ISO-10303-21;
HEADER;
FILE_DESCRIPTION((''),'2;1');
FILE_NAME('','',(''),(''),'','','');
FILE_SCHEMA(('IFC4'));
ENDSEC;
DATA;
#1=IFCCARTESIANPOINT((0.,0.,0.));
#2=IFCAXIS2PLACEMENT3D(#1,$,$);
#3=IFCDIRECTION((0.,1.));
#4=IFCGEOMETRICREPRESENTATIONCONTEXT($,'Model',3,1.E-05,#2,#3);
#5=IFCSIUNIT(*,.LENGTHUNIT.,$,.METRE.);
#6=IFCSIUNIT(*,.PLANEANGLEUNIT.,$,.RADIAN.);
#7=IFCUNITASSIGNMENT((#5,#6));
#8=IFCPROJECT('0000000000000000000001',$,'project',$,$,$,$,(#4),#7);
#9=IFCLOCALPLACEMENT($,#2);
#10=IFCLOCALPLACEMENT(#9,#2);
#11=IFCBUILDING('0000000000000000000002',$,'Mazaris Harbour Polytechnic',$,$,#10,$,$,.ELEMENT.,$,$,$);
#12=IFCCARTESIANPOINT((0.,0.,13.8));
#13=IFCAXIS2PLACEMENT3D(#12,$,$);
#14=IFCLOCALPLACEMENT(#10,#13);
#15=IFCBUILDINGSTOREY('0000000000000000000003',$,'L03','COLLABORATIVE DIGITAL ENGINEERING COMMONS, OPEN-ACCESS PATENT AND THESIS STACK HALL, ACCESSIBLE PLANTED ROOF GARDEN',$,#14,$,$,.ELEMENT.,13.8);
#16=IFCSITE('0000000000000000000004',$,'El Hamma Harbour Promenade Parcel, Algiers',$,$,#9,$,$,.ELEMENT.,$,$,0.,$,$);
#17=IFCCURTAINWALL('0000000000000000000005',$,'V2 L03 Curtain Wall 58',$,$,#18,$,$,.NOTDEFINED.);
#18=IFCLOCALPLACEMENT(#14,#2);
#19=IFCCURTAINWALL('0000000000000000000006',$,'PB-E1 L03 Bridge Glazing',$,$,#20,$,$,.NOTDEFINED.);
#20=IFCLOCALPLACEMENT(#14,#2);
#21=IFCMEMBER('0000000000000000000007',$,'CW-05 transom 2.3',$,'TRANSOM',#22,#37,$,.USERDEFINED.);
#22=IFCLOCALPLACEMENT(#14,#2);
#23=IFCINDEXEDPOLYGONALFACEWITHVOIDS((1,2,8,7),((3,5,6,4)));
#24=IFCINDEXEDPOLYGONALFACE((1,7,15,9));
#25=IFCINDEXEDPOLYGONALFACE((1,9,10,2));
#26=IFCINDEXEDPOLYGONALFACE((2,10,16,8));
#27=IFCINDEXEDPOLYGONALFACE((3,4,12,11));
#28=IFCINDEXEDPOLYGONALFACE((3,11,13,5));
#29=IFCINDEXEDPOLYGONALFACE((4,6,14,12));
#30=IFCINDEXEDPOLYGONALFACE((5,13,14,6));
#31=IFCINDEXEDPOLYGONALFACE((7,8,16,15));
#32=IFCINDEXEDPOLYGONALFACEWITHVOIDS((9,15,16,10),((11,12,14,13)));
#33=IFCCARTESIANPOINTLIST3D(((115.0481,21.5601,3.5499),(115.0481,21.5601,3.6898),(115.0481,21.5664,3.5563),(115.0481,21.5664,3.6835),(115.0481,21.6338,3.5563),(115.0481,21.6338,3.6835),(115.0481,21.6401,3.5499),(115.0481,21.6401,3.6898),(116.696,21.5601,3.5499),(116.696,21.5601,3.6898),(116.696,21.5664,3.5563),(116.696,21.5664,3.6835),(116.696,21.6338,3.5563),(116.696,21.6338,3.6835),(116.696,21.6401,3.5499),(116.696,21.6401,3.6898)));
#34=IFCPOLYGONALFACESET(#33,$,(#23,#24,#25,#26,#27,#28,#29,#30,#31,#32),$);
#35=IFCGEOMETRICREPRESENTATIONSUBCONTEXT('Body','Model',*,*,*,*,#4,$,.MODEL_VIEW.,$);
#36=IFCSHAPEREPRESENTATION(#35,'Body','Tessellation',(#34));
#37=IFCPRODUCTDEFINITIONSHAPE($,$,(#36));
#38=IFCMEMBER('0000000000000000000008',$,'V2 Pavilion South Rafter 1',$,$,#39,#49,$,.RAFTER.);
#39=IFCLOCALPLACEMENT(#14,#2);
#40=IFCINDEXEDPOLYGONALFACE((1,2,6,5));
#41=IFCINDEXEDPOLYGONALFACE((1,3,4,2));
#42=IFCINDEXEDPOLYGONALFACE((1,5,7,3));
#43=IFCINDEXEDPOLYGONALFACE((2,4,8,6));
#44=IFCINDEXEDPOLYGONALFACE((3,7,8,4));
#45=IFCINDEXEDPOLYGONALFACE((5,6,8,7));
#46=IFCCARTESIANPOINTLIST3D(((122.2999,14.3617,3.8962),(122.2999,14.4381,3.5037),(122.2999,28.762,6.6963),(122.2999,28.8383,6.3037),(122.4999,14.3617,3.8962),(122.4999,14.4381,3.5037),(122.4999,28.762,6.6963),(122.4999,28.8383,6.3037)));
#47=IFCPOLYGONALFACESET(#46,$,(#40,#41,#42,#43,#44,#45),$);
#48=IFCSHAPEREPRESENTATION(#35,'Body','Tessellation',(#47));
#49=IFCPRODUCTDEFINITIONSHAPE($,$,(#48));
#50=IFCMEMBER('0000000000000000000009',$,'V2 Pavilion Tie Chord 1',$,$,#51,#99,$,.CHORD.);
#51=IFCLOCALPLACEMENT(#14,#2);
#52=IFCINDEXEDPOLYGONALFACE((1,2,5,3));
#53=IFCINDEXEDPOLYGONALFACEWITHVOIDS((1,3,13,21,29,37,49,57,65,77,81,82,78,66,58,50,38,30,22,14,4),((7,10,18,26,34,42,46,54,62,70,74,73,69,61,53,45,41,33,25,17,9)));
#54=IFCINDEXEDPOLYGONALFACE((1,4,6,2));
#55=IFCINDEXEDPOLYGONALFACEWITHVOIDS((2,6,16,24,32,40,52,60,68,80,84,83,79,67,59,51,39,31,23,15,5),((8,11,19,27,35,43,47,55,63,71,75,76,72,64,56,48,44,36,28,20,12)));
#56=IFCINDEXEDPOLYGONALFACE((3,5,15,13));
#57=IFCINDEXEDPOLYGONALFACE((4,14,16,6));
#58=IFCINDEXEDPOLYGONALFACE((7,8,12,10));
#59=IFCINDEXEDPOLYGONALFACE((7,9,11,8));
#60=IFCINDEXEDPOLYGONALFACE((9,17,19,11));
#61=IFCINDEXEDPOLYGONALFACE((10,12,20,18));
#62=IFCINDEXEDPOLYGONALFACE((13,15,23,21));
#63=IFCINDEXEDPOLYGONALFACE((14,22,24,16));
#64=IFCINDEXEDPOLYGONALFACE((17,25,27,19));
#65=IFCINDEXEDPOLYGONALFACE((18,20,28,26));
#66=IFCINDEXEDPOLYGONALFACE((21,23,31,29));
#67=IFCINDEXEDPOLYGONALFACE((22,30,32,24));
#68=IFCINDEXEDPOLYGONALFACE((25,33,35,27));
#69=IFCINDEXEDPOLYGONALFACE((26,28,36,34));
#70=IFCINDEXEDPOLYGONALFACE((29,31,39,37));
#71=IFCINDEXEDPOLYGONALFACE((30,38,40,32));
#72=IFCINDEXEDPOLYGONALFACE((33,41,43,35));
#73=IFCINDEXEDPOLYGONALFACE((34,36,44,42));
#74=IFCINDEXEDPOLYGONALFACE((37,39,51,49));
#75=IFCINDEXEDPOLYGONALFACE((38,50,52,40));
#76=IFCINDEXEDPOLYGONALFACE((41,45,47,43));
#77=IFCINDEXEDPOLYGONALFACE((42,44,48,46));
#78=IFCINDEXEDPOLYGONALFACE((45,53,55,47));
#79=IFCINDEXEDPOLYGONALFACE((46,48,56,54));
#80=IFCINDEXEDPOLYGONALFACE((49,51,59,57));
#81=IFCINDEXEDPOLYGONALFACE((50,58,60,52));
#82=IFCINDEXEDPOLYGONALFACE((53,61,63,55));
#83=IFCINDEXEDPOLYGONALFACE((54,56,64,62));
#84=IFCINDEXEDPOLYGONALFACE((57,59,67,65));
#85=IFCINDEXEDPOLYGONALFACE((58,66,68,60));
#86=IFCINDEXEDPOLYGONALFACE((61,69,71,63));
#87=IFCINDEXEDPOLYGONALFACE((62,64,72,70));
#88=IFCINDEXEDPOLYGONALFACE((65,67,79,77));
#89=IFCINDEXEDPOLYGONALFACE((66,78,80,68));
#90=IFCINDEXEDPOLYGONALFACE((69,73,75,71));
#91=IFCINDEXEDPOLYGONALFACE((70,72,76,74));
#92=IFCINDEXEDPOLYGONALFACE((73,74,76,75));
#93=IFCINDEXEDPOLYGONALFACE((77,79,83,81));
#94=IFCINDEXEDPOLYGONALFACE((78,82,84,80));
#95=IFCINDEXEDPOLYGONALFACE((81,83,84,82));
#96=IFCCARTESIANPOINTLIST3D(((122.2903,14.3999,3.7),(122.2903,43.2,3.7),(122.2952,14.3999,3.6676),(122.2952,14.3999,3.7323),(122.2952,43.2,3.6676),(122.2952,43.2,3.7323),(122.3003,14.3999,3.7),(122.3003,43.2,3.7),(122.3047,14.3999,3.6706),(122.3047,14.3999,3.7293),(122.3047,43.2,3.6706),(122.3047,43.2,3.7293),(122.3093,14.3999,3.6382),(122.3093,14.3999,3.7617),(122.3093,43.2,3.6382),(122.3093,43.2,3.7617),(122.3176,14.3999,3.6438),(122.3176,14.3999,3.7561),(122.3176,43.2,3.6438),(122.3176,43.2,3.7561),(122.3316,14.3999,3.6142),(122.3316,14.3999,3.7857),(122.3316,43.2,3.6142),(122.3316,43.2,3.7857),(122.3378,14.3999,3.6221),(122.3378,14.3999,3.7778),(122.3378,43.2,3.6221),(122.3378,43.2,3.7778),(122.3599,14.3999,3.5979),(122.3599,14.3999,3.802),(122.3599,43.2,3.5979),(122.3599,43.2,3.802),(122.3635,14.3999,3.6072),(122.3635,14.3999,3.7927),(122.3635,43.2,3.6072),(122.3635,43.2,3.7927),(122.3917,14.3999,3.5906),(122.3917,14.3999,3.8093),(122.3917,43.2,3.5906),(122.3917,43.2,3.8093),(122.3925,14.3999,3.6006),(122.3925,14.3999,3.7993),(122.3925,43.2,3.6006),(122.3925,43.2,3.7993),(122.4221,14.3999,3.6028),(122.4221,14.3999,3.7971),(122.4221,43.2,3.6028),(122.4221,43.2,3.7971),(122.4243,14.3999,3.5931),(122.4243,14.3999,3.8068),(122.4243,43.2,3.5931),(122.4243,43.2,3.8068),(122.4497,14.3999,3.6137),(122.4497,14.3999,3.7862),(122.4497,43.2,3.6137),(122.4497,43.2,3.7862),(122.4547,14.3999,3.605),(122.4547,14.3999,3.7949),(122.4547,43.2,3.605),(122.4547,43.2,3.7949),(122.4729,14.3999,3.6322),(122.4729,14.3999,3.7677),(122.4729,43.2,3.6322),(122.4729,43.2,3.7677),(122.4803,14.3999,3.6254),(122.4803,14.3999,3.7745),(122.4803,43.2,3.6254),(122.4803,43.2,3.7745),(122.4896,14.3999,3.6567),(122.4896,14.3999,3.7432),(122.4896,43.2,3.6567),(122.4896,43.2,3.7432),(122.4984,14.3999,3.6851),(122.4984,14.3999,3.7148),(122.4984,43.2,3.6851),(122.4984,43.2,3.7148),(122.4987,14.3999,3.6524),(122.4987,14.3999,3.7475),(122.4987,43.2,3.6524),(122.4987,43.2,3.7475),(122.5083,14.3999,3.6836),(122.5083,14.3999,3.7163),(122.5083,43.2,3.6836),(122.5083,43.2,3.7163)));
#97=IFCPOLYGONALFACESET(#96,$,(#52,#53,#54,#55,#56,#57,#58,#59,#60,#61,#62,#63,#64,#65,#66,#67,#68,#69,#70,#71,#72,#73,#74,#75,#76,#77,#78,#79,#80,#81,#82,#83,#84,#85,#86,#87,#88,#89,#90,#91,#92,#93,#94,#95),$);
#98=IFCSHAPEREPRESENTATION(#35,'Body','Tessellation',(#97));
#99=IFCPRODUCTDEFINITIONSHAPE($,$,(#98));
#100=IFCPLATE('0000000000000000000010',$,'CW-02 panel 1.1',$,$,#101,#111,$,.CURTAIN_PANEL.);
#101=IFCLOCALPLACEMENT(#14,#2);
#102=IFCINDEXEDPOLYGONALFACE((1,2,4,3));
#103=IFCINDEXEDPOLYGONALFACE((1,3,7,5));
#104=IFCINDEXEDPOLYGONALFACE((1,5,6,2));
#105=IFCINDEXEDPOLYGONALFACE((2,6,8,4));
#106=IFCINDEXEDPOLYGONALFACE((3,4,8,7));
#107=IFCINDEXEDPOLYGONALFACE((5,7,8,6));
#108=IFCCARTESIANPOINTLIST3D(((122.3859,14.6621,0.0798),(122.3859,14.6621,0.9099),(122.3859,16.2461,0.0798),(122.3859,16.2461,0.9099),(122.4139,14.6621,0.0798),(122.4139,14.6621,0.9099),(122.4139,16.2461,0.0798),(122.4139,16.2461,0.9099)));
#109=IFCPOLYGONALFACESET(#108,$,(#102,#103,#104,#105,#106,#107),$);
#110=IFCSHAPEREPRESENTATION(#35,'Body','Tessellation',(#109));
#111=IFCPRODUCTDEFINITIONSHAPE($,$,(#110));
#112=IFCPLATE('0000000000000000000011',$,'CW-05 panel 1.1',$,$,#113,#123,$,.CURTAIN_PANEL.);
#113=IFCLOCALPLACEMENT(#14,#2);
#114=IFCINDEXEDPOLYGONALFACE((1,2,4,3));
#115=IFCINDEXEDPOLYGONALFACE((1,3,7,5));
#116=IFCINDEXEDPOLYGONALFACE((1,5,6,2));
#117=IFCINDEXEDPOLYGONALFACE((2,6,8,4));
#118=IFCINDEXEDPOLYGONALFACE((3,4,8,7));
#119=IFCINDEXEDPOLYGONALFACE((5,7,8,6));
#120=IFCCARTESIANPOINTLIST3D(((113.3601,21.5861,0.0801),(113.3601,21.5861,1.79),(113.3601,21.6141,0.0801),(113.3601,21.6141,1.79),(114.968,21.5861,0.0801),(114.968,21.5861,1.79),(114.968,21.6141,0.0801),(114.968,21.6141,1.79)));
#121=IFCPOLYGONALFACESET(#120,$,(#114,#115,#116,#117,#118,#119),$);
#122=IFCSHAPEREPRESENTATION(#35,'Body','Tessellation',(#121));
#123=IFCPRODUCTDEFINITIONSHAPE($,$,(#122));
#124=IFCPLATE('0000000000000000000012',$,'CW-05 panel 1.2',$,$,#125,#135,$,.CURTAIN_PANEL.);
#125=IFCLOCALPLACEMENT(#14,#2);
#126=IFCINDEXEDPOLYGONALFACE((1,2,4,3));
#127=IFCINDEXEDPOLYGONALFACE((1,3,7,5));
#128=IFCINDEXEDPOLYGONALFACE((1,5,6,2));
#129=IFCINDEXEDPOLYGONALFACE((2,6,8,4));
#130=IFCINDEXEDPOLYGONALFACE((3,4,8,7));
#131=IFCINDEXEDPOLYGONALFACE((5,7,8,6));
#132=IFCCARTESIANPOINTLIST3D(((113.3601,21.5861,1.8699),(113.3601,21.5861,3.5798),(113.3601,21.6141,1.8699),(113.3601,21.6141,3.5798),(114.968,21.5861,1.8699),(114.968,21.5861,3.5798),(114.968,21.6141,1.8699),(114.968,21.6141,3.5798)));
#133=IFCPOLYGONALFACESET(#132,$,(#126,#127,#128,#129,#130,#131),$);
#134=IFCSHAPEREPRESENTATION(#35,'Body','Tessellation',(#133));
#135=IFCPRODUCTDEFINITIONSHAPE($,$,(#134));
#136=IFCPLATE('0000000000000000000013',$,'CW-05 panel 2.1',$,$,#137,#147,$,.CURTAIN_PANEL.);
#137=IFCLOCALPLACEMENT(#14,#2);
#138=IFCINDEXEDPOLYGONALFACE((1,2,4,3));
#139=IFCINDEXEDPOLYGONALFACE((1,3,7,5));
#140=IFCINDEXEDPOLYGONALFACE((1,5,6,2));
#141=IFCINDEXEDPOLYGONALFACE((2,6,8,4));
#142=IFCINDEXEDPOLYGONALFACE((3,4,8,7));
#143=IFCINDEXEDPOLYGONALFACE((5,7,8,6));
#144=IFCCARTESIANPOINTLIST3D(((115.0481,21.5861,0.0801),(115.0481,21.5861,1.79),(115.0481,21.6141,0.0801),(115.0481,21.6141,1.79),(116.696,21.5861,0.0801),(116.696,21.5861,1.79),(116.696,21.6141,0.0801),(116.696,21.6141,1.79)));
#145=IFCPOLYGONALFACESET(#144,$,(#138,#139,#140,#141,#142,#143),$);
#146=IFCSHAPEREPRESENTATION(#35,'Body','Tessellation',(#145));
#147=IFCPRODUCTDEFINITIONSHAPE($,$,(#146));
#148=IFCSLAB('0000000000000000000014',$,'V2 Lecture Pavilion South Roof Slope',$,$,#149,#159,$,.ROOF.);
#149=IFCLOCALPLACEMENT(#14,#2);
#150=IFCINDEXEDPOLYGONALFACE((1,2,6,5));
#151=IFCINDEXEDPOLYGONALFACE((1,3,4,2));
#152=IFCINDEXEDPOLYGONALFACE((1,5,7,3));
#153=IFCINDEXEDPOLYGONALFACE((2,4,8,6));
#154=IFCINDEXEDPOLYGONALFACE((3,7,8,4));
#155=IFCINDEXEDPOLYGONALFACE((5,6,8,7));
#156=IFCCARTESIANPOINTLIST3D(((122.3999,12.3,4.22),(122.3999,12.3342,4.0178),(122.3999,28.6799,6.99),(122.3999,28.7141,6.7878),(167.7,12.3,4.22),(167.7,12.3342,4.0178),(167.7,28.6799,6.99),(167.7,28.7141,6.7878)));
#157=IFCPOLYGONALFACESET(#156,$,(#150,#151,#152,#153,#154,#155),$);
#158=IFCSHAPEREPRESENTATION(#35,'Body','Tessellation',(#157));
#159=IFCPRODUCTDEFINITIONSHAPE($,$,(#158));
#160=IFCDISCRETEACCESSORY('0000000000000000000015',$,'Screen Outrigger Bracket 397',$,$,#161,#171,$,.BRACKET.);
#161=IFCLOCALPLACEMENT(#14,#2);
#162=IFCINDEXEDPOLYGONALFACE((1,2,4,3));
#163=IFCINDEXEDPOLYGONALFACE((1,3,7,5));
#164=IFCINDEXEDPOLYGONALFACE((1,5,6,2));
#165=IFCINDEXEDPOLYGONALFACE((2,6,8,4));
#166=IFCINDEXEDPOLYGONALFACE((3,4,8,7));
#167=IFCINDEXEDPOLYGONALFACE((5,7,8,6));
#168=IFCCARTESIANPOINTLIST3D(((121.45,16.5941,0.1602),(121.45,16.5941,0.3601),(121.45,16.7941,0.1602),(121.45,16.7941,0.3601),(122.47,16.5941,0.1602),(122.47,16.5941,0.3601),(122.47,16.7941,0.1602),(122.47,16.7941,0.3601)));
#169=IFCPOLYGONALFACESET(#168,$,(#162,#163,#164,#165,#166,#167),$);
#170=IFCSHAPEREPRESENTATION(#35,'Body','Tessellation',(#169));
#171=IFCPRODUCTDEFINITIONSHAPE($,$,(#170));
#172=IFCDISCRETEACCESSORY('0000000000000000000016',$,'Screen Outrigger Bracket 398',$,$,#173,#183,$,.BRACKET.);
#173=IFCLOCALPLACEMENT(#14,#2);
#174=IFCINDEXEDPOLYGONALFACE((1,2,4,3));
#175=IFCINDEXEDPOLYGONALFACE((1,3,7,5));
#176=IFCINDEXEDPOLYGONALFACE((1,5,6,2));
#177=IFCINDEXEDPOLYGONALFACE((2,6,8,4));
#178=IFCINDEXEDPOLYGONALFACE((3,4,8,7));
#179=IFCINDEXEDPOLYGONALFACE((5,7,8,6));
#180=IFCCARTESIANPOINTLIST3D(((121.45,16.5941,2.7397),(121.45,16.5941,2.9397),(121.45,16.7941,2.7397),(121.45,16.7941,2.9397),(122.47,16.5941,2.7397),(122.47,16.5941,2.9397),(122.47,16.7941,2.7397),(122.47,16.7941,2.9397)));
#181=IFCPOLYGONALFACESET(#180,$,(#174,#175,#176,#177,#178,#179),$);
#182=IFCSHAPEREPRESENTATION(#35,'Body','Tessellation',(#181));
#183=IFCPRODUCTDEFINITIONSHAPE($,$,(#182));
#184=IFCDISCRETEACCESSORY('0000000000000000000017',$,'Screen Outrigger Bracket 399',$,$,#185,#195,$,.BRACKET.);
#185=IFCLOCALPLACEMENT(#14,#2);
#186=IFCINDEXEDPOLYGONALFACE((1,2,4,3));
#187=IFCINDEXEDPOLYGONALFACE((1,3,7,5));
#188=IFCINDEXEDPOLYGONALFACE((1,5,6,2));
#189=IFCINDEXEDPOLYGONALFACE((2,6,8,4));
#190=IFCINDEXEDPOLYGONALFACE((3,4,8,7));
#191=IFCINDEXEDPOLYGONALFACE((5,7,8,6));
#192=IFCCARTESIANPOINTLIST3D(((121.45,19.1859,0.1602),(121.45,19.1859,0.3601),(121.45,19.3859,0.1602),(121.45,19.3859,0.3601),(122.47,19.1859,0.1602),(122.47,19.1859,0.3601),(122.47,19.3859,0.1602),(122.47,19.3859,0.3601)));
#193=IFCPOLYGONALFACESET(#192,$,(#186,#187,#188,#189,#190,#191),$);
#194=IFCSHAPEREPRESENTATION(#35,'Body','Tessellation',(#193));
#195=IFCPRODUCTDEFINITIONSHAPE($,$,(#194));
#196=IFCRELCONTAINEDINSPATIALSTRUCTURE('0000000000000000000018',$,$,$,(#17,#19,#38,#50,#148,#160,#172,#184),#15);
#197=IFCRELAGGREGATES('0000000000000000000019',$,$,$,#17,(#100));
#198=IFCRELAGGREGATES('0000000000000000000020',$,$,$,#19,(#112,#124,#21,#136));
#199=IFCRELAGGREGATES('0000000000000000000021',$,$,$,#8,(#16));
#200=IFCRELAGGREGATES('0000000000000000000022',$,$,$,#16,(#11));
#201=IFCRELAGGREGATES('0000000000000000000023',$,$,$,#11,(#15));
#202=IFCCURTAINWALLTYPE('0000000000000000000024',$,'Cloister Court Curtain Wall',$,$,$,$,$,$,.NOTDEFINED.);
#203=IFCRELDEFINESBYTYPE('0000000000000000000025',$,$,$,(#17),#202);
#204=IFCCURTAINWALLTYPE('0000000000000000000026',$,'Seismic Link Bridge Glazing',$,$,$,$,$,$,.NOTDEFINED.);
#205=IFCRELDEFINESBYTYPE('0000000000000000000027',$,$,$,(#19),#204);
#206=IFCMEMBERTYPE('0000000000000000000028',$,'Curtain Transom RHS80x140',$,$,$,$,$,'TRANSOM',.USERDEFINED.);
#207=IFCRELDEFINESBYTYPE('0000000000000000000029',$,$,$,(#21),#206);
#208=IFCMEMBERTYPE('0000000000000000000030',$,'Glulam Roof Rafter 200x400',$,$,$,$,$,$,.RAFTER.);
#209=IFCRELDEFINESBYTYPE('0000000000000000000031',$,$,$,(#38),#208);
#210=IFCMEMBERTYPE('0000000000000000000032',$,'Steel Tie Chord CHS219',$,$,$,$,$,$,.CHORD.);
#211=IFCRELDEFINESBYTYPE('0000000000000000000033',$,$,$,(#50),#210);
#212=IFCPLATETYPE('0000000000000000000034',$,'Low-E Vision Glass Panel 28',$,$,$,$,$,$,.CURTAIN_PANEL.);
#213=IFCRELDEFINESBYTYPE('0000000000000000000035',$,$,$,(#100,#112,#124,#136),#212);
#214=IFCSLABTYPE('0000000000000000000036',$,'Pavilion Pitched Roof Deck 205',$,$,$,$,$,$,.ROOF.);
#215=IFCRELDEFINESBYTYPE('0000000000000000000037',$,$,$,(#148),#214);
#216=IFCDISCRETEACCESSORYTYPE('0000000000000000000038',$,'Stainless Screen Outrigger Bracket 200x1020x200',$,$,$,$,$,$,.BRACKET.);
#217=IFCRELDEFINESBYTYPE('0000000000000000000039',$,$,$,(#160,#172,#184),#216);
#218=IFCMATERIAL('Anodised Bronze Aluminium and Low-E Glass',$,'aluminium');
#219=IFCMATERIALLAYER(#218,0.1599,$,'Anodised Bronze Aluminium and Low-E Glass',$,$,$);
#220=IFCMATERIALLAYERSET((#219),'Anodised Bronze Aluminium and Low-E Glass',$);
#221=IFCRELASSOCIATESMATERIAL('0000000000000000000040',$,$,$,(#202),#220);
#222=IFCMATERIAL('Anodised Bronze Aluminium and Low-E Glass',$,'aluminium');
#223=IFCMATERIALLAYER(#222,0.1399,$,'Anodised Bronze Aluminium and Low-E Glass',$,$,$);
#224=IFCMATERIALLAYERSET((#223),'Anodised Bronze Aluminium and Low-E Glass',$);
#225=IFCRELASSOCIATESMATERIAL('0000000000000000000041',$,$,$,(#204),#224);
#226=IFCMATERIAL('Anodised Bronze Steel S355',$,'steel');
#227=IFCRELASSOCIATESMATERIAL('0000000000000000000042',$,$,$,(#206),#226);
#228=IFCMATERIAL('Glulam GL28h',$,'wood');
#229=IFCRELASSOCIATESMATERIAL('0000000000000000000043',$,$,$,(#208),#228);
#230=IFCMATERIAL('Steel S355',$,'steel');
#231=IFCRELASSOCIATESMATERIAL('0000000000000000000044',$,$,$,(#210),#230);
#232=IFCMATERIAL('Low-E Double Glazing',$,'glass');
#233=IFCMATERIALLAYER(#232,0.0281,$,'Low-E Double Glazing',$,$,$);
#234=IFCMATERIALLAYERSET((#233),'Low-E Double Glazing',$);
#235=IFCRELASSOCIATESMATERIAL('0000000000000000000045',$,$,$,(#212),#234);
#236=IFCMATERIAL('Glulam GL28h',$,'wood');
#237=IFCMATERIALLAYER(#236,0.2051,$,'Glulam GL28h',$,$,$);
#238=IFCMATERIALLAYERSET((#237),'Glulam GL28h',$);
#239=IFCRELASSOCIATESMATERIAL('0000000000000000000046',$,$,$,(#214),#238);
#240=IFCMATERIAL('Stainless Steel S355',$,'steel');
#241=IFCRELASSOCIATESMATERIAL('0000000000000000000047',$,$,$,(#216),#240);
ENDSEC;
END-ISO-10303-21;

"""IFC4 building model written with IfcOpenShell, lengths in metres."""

from ifc_helpers import new_model, si_unit, direction, frame, origin, origin_2d, place, context, subcontext, project, spatial, polyline, rectangle, hollow_rectangle, hollow_circle, outline, extrude, material, layer, layer_set, material_profile, profile_set, type_object, element, aggregate, save


model = new_model("IFC4")

# Units and contexts
model_context = context("Model", 3, precision=1e-05, world=origin(), true_north=direction((0.0, 1.0)))
body_context = subcontext(model_context, "Body", "Model", "MODEL_VIEW")
ifc_project = project(units=[si_unit("LENGTHUNIT", "METRE"), si_unit("PLANEANGLEUNIT", "RADIAN")], contexts=[model_context])

# Site, building, storey
site_placement = place(None, origin())
site = spatial("IfcSite", under=ifc_project, at=site_placement, Name="El Hamma Harbour Promenade Parcel, Algiers", CompositionType="ELEMENT", RefElevation=0.0)
building_placement = place(site_placement, origin())
building = spatial("IfcBuilding", under=site, at=building_placement, Name="Mazaris Harbour Polytechnic", CompositionType="ELEMENT")
storey_placement = place(building_placement, frame((0.0, 0.0, 13.8)))
storey = spatial("IfcBuildingStorey", under=building, at=storey_placement, Name="L03", Description="COLLABORATIVE DIGITAL ENGINEERING COMMONS, OPEN-ACCESS PATENT AND THESIS STACK HALL, ACCESSIBLE PLANTED ROOF GARDEN", CompositionType="ELEMENT", Elevation=13.8)

# Curtain walls
ifc_material_1 = material(Name="Anodised Bronze Aluminium and Low-E Glass", Category="aluminium")
ifc_layer_1 = layer(ifc_material_1, 0.1599, Name="Anodised Bronze Aluminium and Low-E Glass")
ifc_layer_set_1 = layer_set([ifc_layer_1], Name="Anodised Bronze Aluminium and Low-E Glass")
curtain_wall_type_1 = type_object("IfcCurtainWallType", Name="Cloister Court Curtain Wall", PredefinedType="NOTDEFINED", material=ifc_layer_set_1)
curtain_wall_1_placement = place(storey_placement, origin())
curtain_wall_1 = element("IfcCurtainWall", 1, at=curtain_wall_1_placement, inside=storey, type_object=curtain_wall_type_1, Name="V2 L03 Curtain Wall 58", PredefinedType="NOTDEFINED")
ifc_material_2 = material(Name="Anodised Bronze Aluminium and Low-E Glass", Category="aluminium")
ifc_layer_2 = layer(ifc_material_2, 0.1399, Name="Anodised Bronze Aluminium and Low-E Glass")
ifc_layer_set_2 = layer_set([ifc_layer_2], Name="Anodised Bronze Aluminium and Low-E Glass")
curtain_wall_type_2 = type_object("IfcCurtainWallType", Name="Seismic Link Bridge Glazing", PredefinedType="NOTDEFINED", material=ifc_layer_set_2)
curtain_wall_2_placement = place(storey_placement, origin())
curtain_wall_2 = element("IfcCurtainWall", 2, at=curtain_wall_2_placement, inside=storey, type_object=curtain_wall_type_2, Name="PB-E1 L03 Bridge Glazing", PredefinedType="NOTDEFINED")

# Member
ifc_material_3 = material(Name="Anodised Bronze Steel S355", Category="steel")
ifc_material_profile_1 = material_profile(ifc_material_3, hollow_rectangle(XDim=0.0801, YDim=0.1399, WallThickness=0.0063, at=origin_2d()), Name="RHS 80x140x6.3")
ifc_profile_set_1 = profile_set([ifc_material_profile_1], Name="Anodised Bronze Steel S355")
member_type_1 = type_object("IfcMemberType", Name="Curtain Transom RHS80x140", ElementType="TRANSOM", PredefinedType="USERDEFINED", material=ifc_profile_set_1)
member_1_placement = place(storey_placement, frame((115.0481, 21.6001, 3.6199), z_axis=(1.0, 0.0, 0.0), x_axis=(0.0, 1.0, 0.0)))
member_1 = element("IfcMember", 3, at=member_1_placement, type_object=member_type_1, Name="CW-05 transom 2.3", ObjectType="TRANSOM", PredefinedType="USERDEFINED", context=body_context, shape_type="SweptSolid", body=[
    extrude(hollow_rectangle(XDim=0.0801, YDim=0.1399, WallThickness=0.0063, at=origin_2d()), origin(), (0.0, 0.0, 1.0), 1.6479),
])

# Members
ifc_material_4 = material(Name="Glulam GL28h", Category="wood")
ifc_material_profile_2 = material_profile(ifc_material_4, rectangle(XDim=0.2, YDim=0.3999, at=origin_2d()), Name="RECT200x400")
ifc_profile_set_2 = profile_set([ifc_material_profile_2], Name="Glulam GL28h")
member_type_2 = type_object("IfcMemberType", Name="Glulam Roof Rafter 200x400", PredefinedType="RAFTER", material=ifc_profile_set_2)
member_2_placement = place(storey_placement, frame((122.3999, 14.3999, 3.7), z_axis=(0.0, 0.981615, 0.190871), x_axis=(-1.0, 0.0, 0.0)))
element("IfcMember", 4, at=member_2_placement, inside=storey, type_object=member_type_2, Name="V2 Pavilion South Rafter 1", PredefinedType="RAFTER", context=body_context, shape_type="SweptSolid", body=[
    extrude(rectangle(XDim=0.2, YDim=0.3999, at=origin_2d()), origin(), (0.0, 0.0, 1.0), 14.6699),
])
ifc_material_5 = material(Name="Steel S355", Category="steel")
ifc_material_profile_3 = material_profile(ifc_material_5, hollow_circle(Radius=0.1096, WallThickness=0.01, at=origin_2d()), Name="CHS 219.1x10.0")
ifc_profile_set_3 = profile_set([ifc_material_profile_3], Name="Steel S355")
member_type_3 = type_object("IfcMemberType", Name="Steel Tie Chord CHS219", PredefinedType="CHORD", material=ifc_profile_set_3)
member_3_placement = place(storey_placement, frame((122.3999, 14.3999, 3.7), z_axis=(0.0, 1.0, 0.0), x_axis=(-1.0, 0.0, 0.0)))
element("IfcMember", 5, at=member_3_placement, inside=storey, type_object=member_type_3, Name="V2 Pavilion Tie Chord 1", PredefinedType="CHORD", context=body_context, shape_type="SweptSolid", body=[
    extrude(hollow_circle(Radius=0.1096, WallThickness=0.01, at=origin_2d()), origin(), (0.0, 0.0, 1.0), 28.8),
])

# Plates
ifc_material_6 = material(Name="Low-E Double Glazing", Category="glass")
ifc_layer_3 = layer(ifc_material_6, 0.0281, Name="Low-E Double Glazing")
ifc_layer_set_3 = layer_set([ifc_layer_3], Name="Low-E Double Glazing")
plate_type = type_object("IfcPlateType", Name="Low-E Vision Glass Panel 28", PredefinedType="CURTAIN_PANEL", material=ifc_layer_set_3)
plate_1_placement = place(storey_placement, frame((122.3999, 15.4541, 0.0798), z_axis=(0.0, 0.0, 1.0), x_axis=(0.0, 1.0, 0.0)))
plate_1 = element("IfcPlate", 6, at=plate_1_placement, type_object=plate_type, Name="CW-02 panel 1.1", PredefinedType="CURTAIN_PANEL", context=body_context, shape_type="SweptSolid", body=[
    extrude(rectangle(XDim=1.584, YDim=0.0281, at=origin_2d()), origin(), (0.0, 0.0, 1.0), 0.8301),
])
aggregate(curtain_wall_1, [plate_1])
plate_2_placement = place(storey_placement, frame((114.1641, 21.6001, 0.0801), z_axis=(0.0, 0.0, 1.0), x_axis=(1.0, 0.0, 0.0)))
plate_2 = element("IfcPlate", 7, at=plate_2_placement, type_object=plate_type, Name="CW-05 panel 1.1", PredefinedType="CURTAIN_PANEL", context=body_context, shape_type="SweptSolid", body=[
    extrude(rectangle(XDim=1.6079, YDim=0.0281, at=origin_2d()), origin(), (0.0, 0.0, 1.0), 1.71),
])
plate_3_placement = place(storey_placement, frame((114.1641, 21.6001, 1.8699), z_axis=(0.0, 0.0, 1.0), x_axis=(1.0, 0.0, 0.0)))
plate_3 = element("IfcPlate", 8, at=plate_3_placement, type_object=plate_type, Name="CW-05 panel 1.2", PredefinedType="CURTAIN_PANEL", context=body_context, shape_type="SweptSolid", body=[
    extrude(rectangle(XDim=1.6079, YDim=0.0281, at=origin_2d()), origin(), (0.0, 0.0, 1.0), 1.71),
])
plate_4_placement = place(storey_placement, frame((115.8721, 21.6001, 0.0801), z_axis=(0.0, 0.0, 1.0), x_axis=(1.0, 0.0, 0.0)))
plate_4 = element("IfcPlate", 9, at=plate_4_placement, type_object=plate_type, Name="CW-05 panel 2.1", PredefinedType="CURTAIN_PANEL", context=body_context, shape_type="SweptSolid", body=[
    extrude(rectangle(XDim=1.6479, YDim=0.0281, at=origin_2d()), origin(), (0.0, 0.0, 1.0), 1.71),
])
aggregate(curtain_wall_2, [plate_2, plate_3, member_1, plate_4])

# Slab
ifc_material_7 = material(Name="Glulam GL28h", Category="wood")
ifc_layer_4 = layer(ifc_material_7, 0.2051, Name="Glulam GL28h")
ifc_layer_set_4 = layer_set([ifc_layer_4], Name="Glulam GL28h")
slab_type = type_object("IfcSlabType", Name="Pavilion Pitched Roof Deck 205", PredefinedType="ROOF", material=ifc_layer_set_4)
slab_placement = place(storey_placement, frame((122.3999, 12.3, 4.22), z_axis=(0.0, -0.166744, 0.986), x_axis=(1.0, 0.0, 0.0)))
element("IfcSlab", 10, at=slab_placement, inside=storey, type_object=slab_type, Name="V2 Lecture Pavilion South Roof Slope", PredefinedType="ROOF", context=body_context, shape_type="SweptSolid", body=[
    extrude(outline(polyline([(0.0, 0.0), (45.3, 0.0), (45.3, 16.6125), (0.0, 16.6125), (0.0, 0.0)])), origin(), (0.0, 0.0, -1.0), 0.2051),
])

# Discrete accessories
ifc_material_8 = material(Name="Stainless Steel S355", Category="steel")
discrete_accessory_type = type_object("IfcDiscreteAccessoryType", Name="Stainless Screen Outrigger Bracket 200x1020x200", PredefinedType="BRACKET", material=ifc_material_8)
for number, where, z_axis, x_axis, name in (
    (11, (121.96, 16.6941, 0.1602), (0.0, 0.0, 1.0), (0.0, 1.0, 0.0), "Screen Outrigger Bracket 397"),
    (12, (121.96, 16.6941, 2.7397), (0.0, 0.0, 1.0), (0.0, 1.0, 0.0), "Screen Outrigger Bracket 398"),
    (13, (121.96, 19.2859, 0.1602), (0.0, 0.0, 1.0), (0.0, 1.0, 0.0), "Screen Outrigger Bracket 399"),
):
    element("IfcDiscreteAccessory", number, at=place(storey_placement, frame(where, z_axis=z_axis, x_axis=x_axis)), inside=storey, type_object=discrete_accessory_type, Name=name, PredefinedType="BRACKET", context=body_context, shape_type="SweptSolid", body=[
        extrude(rectangle(XDim=0.2, YDim=1.02, at=origin_2d()), origin(), (0.0, 0.0, 1.0), 0.2),
    ])

save(model, "model.ifc")
